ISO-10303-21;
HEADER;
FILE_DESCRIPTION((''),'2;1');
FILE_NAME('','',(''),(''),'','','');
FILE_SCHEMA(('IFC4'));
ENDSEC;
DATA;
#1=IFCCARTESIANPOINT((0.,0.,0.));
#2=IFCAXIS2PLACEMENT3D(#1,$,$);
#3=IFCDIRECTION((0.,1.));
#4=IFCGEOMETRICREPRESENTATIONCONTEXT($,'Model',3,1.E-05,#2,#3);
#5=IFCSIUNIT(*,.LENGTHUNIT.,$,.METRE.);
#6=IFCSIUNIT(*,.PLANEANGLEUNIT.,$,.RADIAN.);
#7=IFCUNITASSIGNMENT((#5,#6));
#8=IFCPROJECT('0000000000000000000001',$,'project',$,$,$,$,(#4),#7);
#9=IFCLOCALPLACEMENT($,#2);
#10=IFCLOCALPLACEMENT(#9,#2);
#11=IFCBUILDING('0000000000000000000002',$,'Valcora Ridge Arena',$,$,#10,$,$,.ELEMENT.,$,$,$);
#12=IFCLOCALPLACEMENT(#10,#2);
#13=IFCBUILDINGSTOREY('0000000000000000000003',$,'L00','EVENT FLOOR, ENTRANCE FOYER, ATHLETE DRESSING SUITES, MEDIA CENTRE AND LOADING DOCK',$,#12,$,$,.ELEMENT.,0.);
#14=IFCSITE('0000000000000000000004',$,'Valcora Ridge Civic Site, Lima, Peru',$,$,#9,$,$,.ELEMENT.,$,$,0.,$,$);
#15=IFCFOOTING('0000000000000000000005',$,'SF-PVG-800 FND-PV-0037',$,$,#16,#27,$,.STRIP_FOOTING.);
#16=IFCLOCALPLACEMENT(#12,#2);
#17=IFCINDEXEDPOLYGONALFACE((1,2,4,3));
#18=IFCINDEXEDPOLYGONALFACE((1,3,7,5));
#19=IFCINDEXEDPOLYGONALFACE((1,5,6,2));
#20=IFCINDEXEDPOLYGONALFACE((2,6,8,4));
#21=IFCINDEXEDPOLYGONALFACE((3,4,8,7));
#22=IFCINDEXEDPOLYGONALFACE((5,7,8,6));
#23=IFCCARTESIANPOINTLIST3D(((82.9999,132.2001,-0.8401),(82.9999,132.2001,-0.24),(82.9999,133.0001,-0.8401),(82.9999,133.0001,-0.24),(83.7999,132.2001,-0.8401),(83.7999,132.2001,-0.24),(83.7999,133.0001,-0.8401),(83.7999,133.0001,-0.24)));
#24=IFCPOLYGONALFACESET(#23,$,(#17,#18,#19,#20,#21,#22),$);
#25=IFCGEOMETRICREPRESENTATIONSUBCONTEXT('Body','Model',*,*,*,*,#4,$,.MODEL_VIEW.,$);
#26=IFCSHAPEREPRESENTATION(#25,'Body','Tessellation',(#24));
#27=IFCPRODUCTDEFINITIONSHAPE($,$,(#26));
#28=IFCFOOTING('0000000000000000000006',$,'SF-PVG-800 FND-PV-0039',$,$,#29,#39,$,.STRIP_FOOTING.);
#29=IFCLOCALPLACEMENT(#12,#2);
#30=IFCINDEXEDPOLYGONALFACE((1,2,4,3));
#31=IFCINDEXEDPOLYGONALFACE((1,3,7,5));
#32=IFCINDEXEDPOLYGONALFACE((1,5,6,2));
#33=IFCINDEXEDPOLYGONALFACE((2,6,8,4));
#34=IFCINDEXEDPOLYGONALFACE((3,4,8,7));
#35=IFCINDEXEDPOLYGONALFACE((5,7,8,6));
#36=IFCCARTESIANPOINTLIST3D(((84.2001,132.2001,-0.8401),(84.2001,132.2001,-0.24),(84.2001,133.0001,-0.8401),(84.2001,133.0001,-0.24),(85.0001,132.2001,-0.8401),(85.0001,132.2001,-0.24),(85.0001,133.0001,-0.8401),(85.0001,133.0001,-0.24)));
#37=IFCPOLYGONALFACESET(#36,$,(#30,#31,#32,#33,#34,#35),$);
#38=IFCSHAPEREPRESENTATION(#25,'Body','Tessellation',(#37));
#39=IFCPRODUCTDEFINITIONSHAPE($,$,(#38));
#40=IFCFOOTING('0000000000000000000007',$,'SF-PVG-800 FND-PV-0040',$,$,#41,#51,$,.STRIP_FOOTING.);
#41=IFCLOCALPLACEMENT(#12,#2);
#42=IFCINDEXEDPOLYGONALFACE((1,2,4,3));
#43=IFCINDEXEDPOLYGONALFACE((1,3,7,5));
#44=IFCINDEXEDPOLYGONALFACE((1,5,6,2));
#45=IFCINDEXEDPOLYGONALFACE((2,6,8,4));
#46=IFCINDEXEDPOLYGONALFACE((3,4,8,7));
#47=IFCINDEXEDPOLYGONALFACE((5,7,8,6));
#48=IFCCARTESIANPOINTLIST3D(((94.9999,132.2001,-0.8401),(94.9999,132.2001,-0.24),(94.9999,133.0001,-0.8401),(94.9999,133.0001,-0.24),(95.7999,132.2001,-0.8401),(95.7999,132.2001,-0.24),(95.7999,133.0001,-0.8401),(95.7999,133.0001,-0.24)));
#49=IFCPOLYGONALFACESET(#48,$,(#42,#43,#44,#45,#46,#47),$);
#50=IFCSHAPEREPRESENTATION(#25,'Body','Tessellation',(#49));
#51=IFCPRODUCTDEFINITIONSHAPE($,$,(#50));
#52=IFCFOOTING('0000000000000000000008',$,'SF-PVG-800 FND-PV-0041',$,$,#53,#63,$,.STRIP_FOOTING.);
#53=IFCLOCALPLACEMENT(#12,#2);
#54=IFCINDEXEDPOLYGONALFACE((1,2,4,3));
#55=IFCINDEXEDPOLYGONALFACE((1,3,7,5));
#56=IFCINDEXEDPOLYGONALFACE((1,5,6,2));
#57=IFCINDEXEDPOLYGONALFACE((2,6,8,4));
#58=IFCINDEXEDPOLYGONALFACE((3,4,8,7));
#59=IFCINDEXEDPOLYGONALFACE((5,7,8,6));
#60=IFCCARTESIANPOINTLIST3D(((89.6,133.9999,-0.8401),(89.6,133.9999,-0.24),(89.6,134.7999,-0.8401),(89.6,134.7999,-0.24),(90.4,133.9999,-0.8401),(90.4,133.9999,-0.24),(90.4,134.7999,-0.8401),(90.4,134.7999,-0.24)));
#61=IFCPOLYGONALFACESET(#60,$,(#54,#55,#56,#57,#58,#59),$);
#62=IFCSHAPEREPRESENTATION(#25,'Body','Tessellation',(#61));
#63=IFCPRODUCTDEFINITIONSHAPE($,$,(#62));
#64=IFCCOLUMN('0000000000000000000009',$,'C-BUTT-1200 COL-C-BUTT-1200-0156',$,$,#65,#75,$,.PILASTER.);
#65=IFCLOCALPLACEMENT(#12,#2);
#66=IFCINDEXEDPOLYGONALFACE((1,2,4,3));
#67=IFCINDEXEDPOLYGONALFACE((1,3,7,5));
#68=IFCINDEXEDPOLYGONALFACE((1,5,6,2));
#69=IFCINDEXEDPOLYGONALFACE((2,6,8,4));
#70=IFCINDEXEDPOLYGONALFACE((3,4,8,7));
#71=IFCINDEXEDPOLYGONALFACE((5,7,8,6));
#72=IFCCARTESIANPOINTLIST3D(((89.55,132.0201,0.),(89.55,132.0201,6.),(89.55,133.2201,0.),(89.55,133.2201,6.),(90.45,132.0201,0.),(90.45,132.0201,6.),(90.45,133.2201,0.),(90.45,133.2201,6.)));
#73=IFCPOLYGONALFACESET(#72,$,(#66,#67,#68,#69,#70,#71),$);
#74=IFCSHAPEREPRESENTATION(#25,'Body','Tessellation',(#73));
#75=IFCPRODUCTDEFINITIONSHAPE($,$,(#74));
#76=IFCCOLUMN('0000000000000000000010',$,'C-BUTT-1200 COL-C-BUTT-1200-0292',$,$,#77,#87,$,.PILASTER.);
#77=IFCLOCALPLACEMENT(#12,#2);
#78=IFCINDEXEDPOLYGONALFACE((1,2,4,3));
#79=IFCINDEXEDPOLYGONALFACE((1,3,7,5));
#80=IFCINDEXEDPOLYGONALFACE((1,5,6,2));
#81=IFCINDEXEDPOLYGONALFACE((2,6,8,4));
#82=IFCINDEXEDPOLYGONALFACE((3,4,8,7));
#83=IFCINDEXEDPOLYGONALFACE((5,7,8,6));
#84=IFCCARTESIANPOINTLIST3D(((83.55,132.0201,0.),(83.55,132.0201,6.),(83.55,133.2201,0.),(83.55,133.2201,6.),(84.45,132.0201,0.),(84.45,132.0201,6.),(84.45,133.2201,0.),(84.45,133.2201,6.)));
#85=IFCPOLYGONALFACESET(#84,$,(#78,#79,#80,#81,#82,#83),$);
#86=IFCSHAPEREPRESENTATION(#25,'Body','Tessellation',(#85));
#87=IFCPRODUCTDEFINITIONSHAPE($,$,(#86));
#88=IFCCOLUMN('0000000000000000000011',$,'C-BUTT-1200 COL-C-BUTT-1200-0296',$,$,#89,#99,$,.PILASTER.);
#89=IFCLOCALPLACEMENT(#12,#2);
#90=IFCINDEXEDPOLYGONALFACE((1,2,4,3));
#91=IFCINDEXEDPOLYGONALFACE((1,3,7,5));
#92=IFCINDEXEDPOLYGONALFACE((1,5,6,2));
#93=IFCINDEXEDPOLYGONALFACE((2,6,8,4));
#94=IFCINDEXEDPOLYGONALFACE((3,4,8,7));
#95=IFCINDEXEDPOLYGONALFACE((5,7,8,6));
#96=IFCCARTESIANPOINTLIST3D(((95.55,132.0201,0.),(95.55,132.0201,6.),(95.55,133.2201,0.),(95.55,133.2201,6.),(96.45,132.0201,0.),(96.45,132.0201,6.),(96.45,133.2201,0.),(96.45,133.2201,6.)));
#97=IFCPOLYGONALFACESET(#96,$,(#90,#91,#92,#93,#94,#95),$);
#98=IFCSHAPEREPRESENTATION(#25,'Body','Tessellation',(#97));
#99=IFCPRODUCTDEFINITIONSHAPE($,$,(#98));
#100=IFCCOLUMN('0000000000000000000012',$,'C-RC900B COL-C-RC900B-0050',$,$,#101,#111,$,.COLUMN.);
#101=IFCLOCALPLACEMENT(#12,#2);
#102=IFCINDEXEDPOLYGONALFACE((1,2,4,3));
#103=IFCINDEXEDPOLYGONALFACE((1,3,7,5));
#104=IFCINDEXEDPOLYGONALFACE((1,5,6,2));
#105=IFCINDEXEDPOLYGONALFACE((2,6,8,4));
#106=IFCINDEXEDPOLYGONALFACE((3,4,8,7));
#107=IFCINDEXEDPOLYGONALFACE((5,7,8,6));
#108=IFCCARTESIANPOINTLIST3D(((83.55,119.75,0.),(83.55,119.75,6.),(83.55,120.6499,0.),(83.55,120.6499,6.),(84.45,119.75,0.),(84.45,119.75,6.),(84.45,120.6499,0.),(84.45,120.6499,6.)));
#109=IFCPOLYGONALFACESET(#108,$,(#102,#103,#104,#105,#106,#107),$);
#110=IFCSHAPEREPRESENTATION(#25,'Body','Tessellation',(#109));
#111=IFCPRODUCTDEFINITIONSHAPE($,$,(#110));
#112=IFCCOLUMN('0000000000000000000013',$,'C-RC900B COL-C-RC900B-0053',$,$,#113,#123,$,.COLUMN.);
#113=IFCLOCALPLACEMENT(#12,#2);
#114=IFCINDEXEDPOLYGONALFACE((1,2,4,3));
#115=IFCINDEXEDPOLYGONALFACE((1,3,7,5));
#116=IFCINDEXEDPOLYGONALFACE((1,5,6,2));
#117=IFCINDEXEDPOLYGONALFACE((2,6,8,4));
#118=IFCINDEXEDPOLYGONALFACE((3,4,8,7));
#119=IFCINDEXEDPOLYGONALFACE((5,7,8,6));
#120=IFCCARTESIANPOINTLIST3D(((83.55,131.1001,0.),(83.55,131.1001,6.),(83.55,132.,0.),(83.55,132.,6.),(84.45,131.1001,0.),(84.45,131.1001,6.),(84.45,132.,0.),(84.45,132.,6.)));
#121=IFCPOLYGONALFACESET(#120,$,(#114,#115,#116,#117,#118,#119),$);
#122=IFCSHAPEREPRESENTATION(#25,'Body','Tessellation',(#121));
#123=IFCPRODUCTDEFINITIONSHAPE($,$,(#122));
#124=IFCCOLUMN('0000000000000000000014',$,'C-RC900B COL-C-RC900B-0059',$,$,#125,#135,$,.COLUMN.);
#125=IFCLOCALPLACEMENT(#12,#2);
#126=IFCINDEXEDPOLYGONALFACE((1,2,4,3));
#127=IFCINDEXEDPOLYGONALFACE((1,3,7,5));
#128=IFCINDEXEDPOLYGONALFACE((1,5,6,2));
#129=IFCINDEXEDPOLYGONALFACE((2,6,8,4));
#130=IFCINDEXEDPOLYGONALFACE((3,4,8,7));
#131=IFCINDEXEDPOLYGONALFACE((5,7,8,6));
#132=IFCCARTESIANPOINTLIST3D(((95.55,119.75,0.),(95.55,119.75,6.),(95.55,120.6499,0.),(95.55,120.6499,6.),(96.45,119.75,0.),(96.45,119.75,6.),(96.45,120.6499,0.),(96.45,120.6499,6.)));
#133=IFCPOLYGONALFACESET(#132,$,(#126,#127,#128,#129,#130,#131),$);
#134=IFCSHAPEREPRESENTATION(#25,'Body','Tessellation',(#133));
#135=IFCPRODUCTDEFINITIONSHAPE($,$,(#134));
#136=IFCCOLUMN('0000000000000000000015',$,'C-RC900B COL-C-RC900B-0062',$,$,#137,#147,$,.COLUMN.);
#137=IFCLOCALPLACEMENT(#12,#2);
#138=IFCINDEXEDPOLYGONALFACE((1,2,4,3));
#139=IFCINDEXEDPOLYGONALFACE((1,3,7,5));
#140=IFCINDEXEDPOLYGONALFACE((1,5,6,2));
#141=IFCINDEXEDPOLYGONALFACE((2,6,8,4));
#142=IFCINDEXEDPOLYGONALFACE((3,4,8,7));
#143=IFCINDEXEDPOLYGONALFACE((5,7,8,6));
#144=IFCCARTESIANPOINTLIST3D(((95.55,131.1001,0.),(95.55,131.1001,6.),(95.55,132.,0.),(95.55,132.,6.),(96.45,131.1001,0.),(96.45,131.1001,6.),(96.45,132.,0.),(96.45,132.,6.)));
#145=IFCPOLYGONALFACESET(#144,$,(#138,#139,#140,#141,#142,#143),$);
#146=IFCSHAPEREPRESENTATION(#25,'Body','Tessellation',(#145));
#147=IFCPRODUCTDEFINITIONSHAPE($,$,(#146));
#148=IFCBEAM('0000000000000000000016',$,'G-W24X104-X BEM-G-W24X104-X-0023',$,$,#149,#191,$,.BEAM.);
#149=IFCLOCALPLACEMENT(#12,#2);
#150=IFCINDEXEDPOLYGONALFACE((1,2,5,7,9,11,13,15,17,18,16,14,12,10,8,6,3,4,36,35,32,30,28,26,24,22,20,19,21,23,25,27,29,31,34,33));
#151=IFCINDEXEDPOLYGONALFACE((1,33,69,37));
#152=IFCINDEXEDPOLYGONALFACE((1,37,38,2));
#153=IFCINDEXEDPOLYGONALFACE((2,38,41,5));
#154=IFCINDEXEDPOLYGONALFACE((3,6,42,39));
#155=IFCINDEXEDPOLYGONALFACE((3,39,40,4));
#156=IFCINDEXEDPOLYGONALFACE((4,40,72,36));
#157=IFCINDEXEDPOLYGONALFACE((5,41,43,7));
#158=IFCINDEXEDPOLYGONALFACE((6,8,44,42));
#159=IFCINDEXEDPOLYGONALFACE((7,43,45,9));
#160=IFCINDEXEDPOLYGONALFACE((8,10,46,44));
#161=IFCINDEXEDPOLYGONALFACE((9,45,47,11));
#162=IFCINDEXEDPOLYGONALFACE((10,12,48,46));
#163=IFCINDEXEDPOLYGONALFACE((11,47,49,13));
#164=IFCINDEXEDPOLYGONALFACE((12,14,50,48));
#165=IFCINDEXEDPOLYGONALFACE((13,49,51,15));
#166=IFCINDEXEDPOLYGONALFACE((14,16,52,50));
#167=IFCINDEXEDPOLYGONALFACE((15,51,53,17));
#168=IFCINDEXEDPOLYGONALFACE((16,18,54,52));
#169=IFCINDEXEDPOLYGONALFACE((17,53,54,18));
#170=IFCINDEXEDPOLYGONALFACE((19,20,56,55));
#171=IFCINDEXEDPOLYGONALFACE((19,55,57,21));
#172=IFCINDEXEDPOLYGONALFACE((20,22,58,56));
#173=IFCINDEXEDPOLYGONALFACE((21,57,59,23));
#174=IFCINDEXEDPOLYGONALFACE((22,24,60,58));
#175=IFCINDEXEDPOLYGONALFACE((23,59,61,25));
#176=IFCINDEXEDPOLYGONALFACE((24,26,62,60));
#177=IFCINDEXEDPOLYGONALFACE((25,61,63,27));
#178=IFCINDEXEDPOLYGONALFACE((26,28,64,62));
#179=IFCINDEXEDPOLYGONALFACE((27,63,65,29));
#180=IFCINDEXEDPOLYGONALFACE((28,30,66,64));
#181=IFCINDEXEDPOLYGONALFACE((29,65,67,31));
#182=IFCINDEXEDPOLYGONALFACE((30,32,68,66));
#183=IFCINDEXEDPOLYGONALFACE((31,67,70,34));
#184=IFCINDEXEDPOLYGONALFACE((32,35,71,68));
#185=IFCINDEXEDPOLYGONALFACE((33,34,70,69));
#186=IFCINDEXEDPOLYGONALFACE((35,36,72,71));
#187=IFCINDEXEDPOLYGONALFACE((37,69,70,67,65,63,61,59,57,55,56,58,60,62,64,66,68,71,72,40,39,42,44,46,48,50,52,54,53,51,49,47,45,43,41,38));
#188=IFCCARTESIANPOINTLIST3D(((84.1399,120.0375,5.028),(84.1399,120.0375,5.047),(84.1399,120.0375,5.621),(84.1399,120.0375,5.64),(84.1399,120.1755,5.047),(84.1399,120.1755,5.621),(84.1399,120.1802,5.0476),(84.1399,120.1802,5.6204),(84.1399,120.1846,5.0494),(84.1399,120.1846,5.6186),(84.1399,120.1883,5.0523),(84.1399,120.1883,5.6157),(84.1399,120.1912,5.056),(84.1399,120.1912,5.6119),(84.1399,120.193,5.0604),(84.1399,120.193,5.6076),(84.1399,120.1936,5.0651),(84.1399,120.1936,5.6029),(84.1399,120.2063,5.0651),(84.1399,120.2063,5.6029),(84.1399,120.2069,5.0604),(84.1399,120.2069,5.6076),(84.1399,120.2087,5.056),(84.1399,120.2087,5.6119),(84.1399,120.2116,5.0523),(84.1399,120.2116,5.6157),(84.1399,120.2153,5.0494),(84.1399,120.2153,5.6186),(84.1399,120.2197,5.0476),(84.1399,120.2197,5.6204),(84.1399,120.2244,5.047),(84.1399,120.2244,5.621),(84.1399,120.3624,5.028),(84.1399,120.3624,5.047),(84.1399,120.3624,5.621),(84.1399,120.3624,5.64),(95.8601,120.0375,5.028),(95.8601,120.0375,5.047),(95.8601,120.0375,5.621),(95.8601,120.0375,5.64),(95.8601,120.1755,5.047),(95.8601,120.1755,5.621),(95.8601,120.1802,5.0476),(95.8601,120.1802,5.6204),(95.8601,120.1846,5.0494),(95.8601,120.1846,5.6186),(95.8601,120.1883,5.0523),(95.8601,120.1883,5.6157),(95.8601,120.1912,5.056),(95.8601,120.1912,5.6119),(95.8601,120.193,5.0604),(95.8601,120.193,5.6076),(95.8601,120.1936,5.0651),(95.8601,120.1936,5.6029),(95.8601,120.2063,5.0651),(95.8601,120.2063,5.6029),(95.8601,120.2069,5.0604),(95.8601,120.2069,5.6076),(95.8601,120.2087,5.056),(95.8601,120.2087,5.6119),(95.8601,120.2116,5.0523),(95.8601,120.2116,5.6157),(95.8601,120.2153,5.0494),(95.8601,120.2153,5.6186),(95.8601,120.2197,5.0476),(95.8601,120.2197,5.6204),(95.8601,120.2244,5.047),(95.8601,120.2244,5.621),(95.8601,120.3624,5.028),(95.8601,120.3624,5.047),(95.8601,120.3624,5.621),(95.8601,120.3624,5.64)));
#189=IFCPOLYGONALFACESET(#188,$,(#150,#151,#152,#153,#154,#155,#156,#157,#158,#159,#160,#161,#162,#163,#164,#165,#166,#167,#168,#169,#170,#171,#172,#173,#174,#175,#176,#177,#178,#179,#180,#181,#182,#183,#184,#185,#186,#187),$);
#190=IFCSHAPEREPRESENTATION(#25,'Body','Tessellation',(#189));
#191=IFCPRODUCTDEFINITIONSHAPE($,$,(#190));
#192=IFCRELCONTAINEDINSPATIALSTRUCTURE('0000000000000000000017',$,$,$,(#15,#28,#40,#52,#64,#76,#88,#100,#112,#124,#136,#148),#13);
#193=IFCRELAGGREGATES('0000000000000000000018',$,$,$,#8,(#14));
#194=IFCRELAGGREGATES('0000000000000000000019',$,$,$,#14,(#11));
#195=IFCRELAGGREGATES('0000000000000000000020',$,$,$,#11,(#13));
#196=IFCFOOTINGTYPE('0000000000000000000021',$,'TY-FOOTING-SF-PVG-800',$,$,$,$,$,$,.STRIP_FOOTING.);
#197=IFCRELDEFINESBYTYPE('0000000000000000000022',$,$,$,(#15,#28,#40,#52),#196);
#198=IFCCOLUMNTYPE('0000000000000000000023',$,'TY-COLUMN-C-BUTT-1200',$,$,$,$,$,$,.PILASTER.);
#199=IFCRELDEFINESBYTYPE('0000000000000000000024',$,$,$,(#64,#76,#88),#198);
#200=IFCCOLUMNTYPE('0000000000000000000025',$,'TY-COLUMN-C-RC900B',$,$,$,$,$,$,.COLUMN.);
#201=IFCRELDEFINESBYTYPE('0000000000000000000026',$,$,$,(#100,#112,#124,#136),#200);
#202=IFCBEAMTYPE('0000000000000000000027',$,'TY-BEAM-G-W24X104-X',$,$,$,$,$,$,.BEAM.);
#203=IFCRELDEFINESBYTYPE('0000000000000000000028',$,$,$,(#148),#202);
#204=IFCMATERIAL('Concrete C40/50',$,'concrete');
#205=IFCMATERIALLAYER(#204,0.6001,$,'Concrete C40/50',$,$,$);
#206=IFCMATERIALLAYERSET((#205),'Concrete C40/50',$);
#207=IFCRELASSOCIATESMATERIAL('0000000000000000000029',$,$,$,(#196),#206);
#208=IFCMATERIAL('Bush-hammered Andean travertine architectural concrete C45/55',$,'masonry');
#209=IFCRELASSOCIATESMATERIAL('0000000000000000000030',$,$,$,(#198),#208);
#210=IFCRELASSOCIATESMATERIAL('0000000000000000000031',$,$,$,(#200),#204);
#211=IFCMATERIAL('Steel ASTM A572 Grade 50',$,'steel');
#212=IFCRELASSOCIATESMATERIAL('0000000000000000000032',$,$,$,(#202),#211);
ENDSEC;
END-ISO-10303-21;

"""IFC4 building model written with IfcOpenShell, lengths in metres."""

from ifc_helpers import new_model, si_unit, direction, frame, origin, origin_2d, place, context, subcontext, project, spatial, rectangle, i_section, extrude, material, layer, layer_set, material_profile, profile_set, type_object, element, save


model = new_model("IFC4")

# Units and contexts
model_context = context("Model", 3, precision=1e-05, world=origin(), true_north=direction((0.0, 1.0)))
body_context = subcontext(model_context, "Body", "Model", "MODEL_VIEW")
ifc_project = project(units=[si_unit("LENGTHUNIT", "METRE"), si_unit("PLANEANGLEUNIT", "RADIAN")], contexts=[model_context])

# Site, building, storey
site_placement = place(None, origin())
site = spatial("IfcSite", under=ifc_project, at=site_placement, Name="Valcora Ridge Civic Site, Lima, Peru", CompositionType="ELEMENT", RefElevation=0.0)
building_placement = place(site_placement, origin())
building = spatial("IfcBuilding", under=site, at=building_placement, Name="Valcora Ridge Arena", CompositionType="ELEMENT")
storey_placement = place(building_placement, origin())
storey = spatial("IfcBuildingStorey", under=building, at=storey_placement, Name="L00", Description="EVENT FLOOR, ENTRANCE FOYER, ATHLETE DRESSING SUITES, MEDIA CENTRE AND LOADING DOCK", CompositionType="ELEMENT", Elevation=0.0)

# Footings
ifc_material_1 = material(Name="Concrete C40/50", Category="concrete")
ifc_layer_1 = layer(ifc_material_1, 0.6001, Name="Concrete C40/50")
ifc_layer_set_1 = layer_set([ifc_layer_1], Name="Concrete C40/50")
footing_type = type_object("IfcFootingType", Name="TY-FOOTING-SF-PVG-800", PredefinedType="STRIP_FOOTING", material=ifc_layer_set_1)
for number, where, z_axis, x_axis, name in (
    (1, (83.3999, 132.6001, -0.8401), (0.0, 0.0, 1.0), (1.0, 0.0, 0.0), "SF-PVG-800 FND-PV-0037"),
    (2, (84.6001, 132.6001, -0.8401), (0.0, 0.0, 1.0), (1.0, 0.0, 0.0), "SF-PVG-800 FND-PV-0039"),
    (3, (95.3999, 132.6001, -0.8401), (0.0, 0.0, 1.0), (1.0, 0.0, 0.0), "SF-PVG-800 FND-PV-0040"),
    (4, (90.0, 134.3999, -0.8401), (0.0, 0.0, 1.0), (1.0, 0.0, 0.0), "SF-PVG-800 FND-PV-0041"),
):
    element("IfcFooting", number, at=place(storey_placement, frame(where, z_axis=z_axis, x_axis=x_axis)), inside=storey, type_object=footing_type, Name=name, PredefinedType="STRIP_FOOTING", context=body_context, shape_type="SweptSolid", body=[
        extrude(rectangle(XDim=0.8, YDim=0.8, at=origin_2d()), origin(), (0.0, 0.0, 1.0), 0.6001),
    ])

# Columns
ifc_material_2 = material(Name="Bush-hammered Andean travertine architectural concrete C45/55", Category="masonry")
ifc_material_profile_1 = material_profile(ifc_material_2, rectangle(XDim=0.8999, YDim=1.2, at=origin_2d()), Name="RC 900x1200")
ifc_profile_set_1 = profile_set([ifc_material_profile_1], Name="Bush-hammered Andean travertine architectural concrete C45/55")
column_type_1 = type_object("IfcColumnType", Name="TY-COLUMN-C-BUTT-1200", PredefinedType="PILASTER", material=ifc_profile_set_1)
for number, where, z_axis, x_axis, name in (
    (5, (90.0, 132.6201, 0.0), (0.0, 0.0, 1.0), (1.0, 0.0, 0.0), "C-BUTT-1200 COL-C-BUTT-1200-0156"),
    (6, (84.0, 132.6201, 0.0), (0.0, 0.0, 1.0), (1.0, 0.0, 0.0), "C-BUTT-1200 COL-C-BUTT-1200-0292"),
    (7, (96.0, 132.6201, 0.0), (0.0, 0.0, 1.0), (1.0, 0.0, 0.0), "C-BUTT-1200 COL-C-BUTT-1200-0296"),
):
    element("IfcColumn", number, at=place(storey_placement, frame(where, z_axis=z_axis, x_axis=x_axis)), inside=storey, type_object=column_type_1, Name=name, PredefinedType="PILASTER", context=body_context, shape_type="SweptSolid", body=[
        extrude(rectangle(XDim=0.8999, YDim=1.2, at=origin_2d()), origin(), (0.0, 0.0, 1.0), 6.0),
    ])
ifc_material_profile_2 = material_profile(ifc_material_1, rectangle(XDim=0.8999, YDim=0.8999, at=origin_2d()), Name="RC 900x900")
ifc_profile_set_2 = profile_set([ifc_material_profile_2], Name="Concrete C40/50")
column_type_2 = type_object("IfcColumnType", Name="TY-COLUMN-C-RC900B", PredefinedType="COLUMN", material=ifc_profile_set_2)
for number, where, z_axis, x_axis, name in (
    (8, (84.0, 120.2, 0.0), (0.0, 0.0, 1.0), (1.0, 0.0, 0.0), "C-RC900B COL-C-RC900B-0050"),
    (9, (84.0, 131.55, 0.0), (0.0, 0.0, 1.0), (1.0, 0.0, 0.0), "C-RC900B COL-C-RC900B-0053"),
    (10, (96.0, 120.2, 0.0), (0.0, 0.0, 1.0), (1.0, 0.0, 0.0), "C-RC900B COL-C-RC900B-0059"),
    (11, (96.0, 131.55, 0.0), (0.0, 0.0, 1.0), (1.0, 0.0, 0.0), "C-RC900B COL-C-RC900B-0062"),
):
    element("IfcColumn", number, at=place(storey_placement, frame(where, z_axis=z_axis, x_axis=x_axis)), inside=storey, type_object=column_type_2, Name=name, PredefinedType="COLUMN", context=body_context, shape_type="SweptSolid", body=[
        extrude(rectangle(XDim=0.8999, YDim=0.8999, at=origin_2d()), origin(), (0.0, 0.0, 1.0), 6.0),
    ])

# Beam
ifc_material_3 = material(Name="Steel ASTM A572 Grade 50", Category="steel")
ifc_material_profile_3 = material_profile(ifc_material_3, i_section(OverallWidth=0.325, OverallDepth=0.6121, WebThickness=0.0127, FlangeThickness=0.019, FilletRadius=0.0181, at=origin_2d()), Name="W24X104")
ifc_profile_set_3 = profile_set([ifc_material_profile_3], Name="Steel ASTM A572 Grade 50")
beam_type_1 = type_object("IfcBeamType", Name="TY-BEAM-G-W24X104-X", PredefinedType="BEAM", material=ifc_profile_set_3)
beam_1_placement = place(storey_placement, frame((84.1399, 120.2, 5.334), z_axis=(1.0, 0.0, 0.0), x_axis=(0.0, 1.0, 0.0)))
element("IfcBeam", 12, at=beam_1_placement, inside=storey, type_object=beam_type_1, Name="G-W24X104-X BEM-G-W24X104-X-0023", PredefinedType="BEAM", context=body_context, shape_type="SweptSolid", body=[
    extrude(i_section(OverallWidth=0.325, OverallDepth=0.6121, WebThickness=0.0127, FlangeThickness=0.019, FilletRadius=0.0181, at=origin_2d()), origin(), (0.0, 0.0, 1.0), 11.7202),
])

save(model, "model.ifc")
